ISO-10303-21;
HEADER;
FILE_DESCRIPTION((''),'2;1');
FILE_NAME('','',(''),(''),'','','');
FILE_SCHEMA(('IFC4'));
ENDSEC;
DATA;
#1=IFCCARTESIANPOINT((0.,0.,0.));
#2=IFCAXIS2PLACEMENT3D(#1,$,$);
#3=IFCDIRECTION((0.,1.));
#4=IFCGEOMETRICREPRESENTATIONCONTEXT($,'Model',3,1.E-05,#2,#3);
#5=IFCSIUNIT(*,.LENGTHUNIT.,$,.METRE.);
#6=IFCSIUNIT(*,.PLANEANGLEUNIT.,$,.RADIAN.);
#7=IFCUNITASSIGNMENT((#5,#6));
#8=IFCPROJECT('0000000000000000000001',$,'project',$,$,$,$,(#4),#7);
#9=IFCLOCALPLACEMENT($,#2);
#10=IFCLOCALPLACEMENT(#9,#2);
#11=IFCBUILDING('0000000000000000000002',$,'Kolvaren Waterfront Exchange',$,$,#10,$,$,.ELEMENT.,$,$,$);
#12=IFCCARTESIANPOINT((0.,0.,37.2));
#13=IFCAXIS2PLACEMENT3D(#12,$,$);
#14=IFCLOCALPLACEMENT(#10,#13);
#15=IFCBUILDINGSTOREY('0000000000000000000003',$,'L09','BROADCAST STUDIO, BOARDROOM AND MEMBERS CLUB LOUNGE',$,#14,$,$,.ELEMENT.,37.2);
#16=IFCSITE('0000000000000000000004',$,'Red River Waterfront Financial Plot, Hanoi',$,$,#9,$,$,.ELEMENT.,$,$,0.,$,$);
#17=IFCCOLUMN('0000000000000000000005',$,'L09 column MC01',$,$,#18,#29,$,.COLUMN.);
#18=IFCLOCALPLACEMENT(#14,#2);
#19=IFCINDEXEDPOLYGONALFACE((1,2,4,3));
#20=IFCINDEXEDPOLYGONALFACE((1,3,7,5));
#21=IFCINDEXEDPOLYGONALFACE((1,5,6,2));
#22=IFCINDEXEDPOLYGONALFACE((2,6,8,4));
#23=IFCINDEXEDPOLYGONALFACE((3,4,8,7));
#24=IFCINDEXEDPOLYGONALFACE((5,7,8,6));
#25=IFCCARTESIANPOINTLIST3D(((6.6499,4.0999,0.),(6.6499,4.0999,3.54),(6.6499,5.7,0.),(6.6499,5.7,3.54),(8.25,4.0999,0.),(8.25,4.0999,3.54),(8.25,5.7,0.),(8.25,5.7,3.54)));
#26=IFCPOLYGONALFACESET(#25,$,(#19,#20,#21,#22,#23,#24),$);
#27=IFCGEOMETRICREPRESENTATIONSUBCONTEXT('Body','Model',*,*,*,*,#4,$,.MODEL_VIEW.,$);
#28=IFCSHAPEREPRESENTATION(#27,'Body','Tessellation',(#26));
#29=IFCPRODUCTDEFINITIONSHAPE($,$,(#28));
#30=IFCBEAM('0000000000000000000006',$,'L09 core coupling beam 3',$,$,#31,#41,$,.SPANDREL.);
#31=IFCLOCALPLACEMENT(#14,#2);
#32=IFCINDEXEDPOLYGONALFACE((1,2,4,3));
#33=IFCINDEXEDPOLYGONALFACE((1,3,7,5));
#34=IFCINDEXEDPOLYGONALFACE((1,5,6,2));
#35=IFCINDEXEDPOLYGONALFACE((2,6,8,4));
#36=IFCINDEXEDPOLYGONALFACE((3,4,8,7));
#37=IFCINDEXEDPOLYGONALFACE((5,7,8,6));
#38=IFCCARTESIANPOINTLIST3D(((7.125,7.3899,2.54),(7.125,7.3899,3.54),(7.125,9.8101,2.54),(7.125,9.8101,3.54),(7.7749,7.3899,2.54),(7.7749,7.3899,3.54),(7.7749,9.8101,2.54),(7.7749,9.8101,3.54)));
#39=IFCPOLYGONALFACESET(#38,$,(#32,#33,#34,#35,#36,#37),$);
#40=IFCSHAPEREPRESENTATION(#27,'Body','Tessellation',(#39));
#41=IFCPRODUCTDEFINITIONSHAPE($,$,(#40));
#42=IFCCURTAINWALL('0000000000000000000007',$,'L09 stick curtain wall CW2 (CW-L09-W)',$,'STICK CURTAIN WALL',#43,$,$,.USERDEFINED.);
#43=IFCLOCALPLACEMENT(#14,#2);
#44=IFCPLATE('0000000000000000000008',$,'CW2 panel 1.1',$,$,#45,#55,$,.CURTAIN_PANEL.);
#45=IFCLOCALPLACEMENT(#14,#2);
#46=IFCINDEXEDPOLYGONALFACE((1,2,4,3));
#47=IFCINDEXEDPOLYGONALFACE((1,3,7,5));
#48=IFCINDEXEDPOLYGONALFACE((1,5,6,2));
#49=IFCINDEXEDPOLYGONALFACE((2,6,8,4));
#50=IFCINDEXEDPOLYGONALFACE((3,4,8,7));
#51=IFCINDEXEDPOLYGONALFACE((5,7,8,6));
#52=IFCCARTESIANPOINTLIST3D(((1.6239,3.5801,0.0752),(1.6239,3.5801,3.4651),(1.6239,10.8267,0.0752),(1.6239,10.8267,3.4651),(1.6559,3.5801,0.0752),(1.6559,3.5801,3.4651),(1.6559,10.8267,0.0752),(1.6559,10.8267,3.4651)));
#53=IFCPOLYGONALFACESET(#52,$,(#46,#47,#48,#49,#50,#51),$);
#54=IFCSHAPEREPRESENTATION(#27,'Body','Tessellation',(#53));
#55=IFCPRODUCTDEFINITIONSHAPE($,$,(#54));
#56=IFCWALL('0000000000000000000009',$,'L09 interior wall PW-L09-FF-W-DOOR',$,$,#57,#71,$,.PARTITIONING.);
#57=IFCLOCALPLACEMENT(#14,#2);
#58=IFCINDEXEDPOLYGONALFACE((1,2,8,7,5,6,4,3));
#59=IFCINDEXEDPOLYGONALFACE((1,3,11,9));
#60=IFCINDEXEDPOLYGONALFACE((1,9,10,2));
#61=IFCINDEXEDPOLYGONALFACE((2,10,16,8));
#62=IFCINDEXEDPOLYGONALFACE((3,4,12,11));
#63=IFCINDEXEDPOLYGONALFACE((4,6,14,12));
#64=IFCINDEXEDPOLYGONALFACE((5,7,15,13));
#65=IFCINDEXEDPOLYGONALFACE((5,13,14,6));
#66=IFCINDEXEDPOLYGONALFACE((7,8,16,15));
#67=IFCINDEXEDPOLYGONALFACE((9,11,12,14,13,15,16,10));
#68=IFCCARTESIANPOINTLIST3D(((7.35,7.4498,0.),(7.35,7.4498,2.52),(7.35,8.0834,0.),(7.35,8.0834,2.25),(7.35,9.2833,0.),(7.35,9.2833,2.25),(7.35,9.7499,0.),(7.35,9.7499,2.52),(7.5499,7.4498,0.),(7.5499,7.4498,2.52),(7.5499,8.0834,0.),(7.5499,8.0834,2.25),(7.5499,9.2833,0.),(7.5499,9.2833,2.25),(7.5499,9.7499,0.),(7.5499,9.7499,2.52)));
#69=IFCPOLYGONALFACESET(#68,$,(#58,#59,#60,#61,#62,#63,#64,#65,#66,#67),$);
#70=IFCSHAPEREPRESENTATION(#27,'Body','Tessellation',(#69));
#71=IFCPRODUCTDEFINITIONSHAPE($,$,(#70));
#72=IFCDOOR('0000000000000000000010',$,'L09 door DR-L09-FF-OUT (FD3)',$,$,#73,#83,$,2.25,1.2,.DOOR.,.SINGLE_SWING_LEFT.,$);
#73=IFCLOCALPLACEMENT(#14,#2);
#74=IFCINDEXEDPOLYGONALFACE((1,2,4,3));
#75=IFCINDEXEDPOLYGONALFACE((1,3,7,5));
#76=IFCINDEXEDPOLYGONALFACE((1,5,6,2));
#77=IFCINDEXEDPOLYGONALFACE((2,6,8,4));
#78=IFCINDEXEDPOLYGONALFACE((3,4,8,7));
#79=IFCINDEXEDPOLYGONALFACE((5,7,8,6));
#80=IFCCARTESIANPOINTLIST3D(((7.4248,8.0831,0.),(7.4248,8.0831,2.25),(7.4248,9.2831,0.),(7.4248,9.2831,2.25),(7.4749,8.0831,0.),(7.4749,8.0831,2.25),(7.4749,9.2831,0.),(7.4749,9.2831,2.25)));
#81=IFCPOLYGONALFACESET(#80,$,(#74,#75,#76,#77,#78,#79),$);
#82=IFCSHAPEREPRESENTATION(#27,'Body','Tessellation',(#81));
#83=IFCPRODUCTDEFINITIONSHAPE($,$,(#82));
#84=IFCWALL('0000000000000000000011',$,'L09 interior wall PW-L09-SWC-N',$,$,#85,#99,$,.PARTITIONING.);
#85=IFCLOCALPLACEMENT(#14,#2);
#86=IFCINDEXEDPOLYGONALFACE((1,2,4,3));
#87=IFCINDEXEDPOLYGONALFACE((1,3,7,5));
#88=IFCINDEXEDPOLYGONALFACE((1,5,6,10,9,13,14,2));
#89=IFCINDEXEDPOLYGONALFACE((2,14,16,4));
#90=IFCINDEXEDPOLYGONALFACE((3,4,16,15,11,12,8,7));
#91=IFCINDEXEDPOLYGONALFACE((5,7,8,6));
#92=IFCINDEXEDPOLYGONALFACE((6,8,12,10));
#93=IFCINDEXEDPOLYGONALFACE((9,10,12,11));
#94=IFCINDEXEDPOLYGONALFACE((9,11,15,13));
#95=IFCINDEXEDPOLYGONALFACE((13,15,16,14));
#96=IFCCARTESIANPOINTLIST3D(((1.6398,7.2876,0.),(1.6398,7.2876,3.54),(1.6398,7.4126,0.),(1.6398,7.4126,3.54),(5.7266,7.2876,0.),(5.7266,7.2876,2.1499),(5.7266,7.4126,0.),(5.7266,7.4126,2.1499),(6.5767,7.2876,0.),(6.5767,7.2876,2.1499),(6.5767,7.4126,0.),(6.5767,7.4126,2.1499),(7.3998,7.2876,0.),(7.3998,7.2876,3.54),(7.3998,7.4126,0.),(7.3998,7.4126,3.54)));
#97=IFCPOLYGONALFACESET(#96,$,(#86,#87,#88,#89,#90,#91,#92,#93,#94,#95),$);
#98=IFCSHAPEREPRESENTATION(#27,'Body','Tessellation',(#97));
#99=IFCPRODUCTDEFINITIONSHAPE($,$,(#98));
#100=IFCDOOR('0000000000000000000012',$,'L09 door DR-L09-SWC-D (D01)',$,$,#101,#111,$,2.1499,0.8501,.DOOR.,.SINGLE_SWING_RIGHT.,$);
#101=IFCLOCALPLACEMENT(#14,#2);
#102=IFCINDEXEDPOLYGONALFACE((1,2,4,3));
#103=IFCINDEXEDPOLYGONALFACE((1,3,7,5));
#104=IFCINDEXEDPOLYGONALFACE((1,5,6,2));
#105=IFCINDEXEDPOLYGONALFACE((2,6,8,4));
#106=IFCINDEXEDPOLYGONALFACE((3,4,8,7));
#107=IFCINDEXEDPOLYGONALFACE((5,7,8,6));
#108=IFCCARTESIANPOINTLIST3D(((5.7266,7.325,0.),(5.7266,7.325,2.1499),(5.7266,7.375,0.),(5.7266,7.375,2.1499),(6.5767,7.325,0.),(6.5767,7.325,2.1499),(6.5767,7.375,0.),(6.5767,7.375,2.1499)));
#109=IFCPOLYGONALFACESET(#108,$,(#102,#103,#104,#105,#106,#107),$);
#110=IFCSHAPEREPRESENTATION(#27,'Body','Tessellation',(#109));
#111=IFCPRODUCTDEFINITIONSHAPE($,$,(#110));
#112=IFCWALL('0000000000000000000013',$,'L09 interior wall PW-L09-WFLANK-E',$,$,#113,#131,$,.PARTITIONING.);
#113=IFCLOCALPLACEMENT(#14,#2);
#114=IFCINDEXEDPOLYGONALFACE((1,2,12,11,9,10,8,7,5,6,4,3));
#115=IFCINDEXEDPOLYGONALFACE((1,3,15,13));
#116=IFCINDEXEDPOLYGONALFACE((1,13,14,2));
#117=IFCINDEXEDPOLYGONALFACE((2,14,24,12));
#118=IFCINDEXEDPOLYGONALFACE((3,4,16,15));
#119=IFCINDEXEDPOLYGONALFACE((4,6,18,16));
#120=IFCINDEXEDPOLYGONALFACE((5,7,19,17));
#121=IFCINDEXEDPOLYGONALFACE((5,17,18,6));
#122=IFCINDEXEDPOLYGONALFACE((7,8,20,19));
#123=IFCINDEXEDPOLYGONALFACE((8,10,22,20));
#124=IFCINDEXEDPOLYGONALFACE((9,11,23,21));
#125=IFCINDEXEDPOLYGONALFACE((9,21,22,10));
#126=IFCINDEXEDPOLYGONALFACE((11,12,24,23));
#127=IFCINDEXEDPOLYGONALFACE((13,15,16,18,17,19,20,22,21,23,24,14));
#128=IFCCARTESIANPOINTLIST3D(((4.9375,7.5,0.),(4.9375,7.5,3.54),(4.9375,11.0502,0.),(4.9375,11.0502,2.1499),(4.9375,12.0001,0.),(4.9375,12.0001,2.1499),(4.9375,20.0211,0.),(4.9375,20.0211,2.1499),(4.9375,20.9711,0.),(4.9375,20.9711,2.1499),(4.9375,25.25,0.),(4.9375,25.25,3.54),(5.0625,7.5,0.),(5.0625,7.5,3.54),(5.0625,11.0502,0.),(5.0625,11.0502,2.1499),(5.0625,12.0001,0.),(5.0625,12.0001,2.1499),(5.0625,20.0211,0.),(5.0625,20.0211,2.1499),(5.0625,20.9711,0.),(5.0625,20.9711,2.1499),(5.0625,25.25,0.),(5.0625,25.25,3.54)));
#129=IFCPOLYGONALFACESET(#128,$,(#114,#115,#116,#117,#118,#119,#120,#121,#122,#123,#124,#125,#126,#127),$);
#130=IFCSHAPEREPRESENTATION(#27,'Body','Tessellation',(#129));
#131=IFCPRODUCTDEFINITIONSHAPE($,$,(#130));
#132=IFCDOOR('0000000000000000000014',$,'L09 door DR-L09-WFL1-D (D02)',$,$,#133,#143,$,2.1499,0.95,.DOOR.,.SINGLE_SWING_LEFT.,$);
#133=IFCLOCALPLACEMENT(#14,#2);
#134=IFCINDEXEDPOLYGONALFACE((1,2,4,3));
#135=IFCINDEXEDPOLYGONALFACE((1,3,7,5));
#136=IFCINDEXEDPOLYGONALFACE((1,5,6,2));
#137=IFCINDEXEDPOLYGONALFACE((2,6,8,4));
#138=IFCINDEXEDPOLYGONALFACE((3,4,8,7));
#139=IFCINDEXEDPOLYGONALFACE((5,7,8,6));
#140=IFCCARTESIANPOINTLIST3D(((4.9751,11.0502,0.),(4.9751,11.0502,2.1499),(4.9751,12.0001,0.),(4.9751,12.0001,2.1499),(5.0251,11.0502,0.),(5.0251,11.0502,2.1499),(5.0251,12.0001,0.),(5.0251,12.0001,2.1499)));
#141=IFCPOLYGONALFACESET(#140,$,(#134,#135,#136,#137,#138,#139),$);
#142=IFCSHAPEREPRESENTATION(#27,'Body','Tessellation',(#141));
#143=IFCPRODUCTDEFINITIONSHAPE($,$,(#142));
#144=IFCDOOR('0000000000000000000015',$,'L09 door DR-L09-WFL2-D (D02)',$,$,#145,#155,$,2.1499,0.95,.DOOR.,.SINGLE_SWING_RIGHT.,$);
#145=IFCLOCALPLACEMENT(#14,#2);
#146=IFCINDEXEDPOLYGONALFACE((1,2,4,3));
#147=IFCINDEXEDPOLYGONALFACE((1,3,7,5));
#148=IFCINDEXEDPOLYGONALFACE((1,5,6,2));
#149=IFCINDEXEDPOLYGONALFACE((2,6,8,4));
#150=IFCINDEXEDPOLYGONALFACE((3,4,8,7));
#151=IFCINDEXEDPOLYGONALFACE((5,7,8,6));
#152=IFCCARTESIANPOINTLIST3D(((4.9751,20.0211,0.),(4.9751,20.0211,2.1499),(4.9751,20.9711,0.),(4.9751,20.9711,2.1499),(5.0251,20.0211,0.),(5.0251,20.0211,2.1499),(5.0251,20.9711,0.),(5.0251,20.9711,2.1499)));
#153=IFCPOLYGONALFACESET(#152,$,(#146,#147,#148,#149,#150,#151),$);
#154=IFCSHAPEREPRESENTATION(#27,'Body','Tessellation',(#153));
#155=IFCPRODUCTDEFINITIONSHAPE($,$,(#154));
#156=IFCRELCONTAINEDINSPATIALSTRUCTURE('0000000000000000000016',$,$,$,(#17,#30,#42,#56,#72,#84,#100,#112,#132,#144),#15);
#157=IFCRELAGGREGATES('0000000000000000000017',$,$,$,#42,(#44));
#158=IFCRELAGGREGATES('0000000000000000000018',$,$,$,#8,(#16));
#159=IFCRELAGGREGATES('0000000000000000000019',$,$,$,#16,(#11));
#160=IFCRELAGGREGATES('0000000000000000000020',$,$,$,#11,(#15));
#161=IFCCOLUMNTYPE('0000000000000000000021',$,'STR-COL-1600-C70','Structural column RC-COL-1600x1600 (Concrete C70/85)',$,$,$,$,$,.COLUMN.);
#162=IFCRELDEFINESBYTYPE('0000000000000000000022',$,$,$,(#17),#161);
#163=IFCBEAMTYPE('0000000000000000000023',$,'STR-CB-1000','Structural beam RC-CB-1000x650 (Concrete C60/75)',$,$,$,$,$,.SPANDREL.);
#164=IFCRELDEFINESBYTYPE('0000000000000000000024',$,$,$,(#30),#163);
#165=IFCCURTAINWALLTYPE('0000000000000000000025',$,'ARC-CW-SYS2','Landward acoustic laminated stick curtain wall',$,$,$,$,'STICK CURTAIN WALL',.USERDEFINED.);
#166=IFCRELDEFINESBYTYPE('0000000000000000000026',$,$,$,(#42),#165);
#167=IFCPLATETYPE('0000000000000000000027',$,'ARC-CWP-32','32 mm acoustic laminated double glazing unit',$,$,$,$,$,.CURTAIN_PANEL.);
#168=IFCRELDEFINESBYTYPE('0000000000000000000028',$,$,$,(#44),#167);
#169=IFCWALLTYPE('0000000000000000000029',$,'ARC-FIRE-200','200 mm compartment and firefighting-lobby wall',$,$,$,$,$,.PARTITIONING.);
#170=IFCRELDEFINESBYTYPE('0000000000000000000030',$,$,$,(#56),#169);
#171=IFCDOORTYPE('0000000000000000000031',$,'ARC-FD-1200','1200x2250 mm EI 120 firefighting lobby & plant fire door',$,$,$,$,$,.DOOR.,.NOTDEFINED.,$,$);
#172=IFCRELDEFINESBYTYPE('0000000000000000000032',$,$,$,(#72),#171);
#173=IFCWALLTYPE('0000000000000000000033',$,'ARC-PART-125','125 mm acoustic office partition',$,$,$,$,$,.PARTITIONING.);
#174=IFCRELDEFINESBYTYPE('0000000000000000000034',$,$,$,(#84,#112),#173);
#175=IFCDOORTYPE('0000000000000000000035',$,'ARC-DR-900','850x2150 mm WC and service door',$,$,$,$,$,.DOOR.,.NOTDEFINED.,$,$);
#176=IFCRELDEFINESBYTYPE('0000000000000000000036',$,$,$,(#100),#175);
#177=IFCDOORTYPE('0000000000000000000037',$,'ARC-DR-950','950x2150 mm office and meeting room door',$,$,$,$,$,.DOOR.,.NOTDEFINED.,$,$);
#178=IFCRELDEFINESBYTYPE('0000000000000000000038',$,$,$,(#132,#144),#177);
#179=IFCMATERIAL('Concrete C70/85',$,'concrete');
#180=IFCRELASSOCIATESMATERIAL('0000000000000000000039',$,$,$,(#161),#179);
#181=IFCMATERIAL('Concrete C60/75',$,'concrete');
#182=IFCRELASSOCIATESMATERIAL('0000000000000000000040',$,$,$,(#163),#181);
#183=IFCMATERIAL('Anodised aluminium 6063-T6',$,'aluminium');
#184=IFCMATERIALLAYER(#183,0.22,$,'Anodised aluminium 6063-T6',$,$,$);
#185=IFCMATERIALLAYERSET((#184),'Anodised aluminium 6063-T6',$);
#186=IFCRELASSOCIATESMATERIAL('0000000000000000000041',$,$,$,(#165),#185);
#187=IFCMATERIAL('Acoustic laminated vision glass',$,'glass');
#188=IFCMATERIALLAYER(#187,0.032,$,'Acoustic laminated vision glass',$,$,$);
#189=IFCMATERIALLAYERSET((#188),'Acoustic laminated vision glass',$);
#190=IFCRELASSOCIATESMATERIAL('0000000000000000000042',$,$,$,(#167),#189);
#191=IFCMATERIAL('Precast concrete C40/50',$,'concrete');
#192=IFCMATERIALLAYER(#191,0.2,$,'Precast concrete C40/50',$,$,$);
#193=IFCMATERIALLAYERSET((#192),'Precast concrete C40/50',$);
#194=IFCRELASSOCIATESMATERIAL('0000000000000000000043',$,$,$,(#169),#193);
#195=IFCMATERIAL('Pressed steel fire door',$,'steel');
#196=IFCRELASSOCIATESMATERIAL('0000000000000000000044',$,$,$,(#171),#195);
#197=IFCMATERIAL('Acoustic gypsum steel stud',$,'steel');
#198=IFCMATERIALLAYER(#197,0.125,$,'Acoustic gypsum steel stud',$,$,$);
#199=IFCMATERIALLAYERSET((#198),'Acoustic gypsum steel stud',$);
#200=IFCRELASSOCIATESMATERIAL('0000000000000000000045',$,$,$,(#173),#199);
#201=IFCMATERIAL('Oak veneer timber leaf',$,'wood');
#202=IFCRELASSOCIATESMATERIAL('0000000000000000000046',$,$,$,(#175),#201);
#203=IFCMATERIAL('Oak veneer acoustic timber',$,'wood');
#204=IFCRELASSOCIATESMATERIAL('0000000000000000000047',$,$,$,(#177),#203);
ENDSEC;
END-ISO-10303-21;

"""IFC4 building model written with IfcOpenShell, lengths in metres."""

from ifc_helpers import new_model, si_unit, direction, frame, frame_2d, origin, origin_with_axes, origin_2d, place, context, subcontext, project, spatial, rectangle, extrude, source, transform, mapped, material, layer, layer_set, material_profile, profile_set, type_object, element, fill, aggregate, save


model = new_model("IFC4")

# Units and contexts
model_context = context("Model", 3, precision=1e-05, world=origin(), true_north=direction((0.0, 1.0)))
body_context = subcontext(model_context, "Body", "Model", "MODEL_VIEW")
ifc_project = project(units=[si_unit("LENGTHUNIT", "METRE"), si_unit("PLANEANGLEUNIT", "RADIAN")], contexts=[model_context])

# Site, building, storey
site_placement = place(None, origin())
site = spatial("IfcSite", under=ifc_project, at=site_placement, Name="Red River Waterfront Financial Plot, Hanoi", CompositionType="ELEMENT", RefElevation=0.0)
building_placement = place(site_placement, origin())
building = spatial("IfcBuilding", under=site, at=building_placement, Name="Kolvaren Waterfront Exchange", CompositionType="ELEMENT")
storey_placement = place(building_placement, frame((0.0, 0.0, 37.2)))
storey = spatial("IfcBuildingStorey", under=building, at=storey_placement, Name="L09", Description="BROADCAST STUDIO, BOARDROOM AND MEMBERS CLUB LOUNGE", CompositionType="ELEMENT", Elevation=37.2)

# Column
ifc_material_1 = material(Name="Concrete C70/85", Category="concrete")
ifc_material_profile_1 = material_profile(ifc_material_1, rectangle(XDim=1.6001, YDim=1.6001, at=origin_2d()), Name="RC-COL-1600x1600")
ifc_profile_set_1 = profile_set([ifc_material_profile_1], Name="Concrete C70/85")
column_type = type_object("IfcColumnType", Name="STR-COL-1600-C70", Description="Structural column RC-COL-1600x1600 (Concrete C70/85)", PredefinedType="COLUMN", material=ifc_profile_set_1)
column_placement = place(storey_placement, frame((7.45, 4.8999, 0.0), z_axis=(0.0, 0.0, 1.0), x_axis=(1.0, 0.0, 0.0)))
element("IfcColumn", 1, at=column_placement, inside=storey, type_object=column_type, Name="L09 column MC01", PredefinedType="COLUMN", context=body_context, shape_type="SweptSolid", body=[
    extrude(rectangle(XDim=1.6001, YDim=1.6001, at=origin_2d()), origin(), (0.0, 0.0, 1.0), 3.54),
])

# Beam
ifc_material_2 = material(Name="Concrete C60/75", Category="concrete")
ifc_material_profile_2 = material_profile(ifc_material_2, rectangle(XDim=0.6499, YDim=1.0, at=origin_2d()), Name="RC-CB-1000x650")
ifc_profile_set_2 = profile_set([ifc_material_profile_2], Name="Concrete C60/75")
beam_type = type_object("IfcBeamType", Name="STR-CB-1000", Description="Structural beam RC-CB-1000x650 (Concrete C60/75)", PredefinedType="SPANDREL", material=ifc_profile_set_2)
beam_placement = place(storey_placement, frame((7.45, 7.3899, 3.04), z_axis=(0.0, 1.0, 0.0), x_axis=(-1.0, 0.0, 0.0)))
element("IfcBeam", 2, at=beam_placement, inside=storey, type_object=beam_type, Name="L09 core coupling beam 3", PredefinedType="SPANDREL", context=body_context, shape_type="SweptSolid", body=[
    extrude(rectangle(XDim=0.6499, YDim=1.0, at=origin_2d()), origin(), (0.0, 0.0, 1.0), 2.4202),
])

# Curtain wall, plate
ifc_material_3 = material(Name="Anodised aluminium 6063-T6", Category="aluminium")
ifc_layer_1 = layer(ifc_material_3, 0.22, Name="Anodised aluminium 6063-T6")
ifc_layer_set_1 = layer_set([ifc_layer_1], Name="Anodised aluminium 6063-T6")
curtain_wall_type = type_object("IfcCurtainWallType", Name="ARC-CW-SYS2", Description="Landward acoustic laminated stick curtain wall", ElementType="STICK CURTAIN WALL", PredefinedType="USERDEFINED", material=ifc_layer_set_1)
curtain_wall_placement = place(storey_placement, origin())
curtain_wall = element("IfcCurtainWall", 3, at=curtain_wall_placement, inside=storey, type_object=curtain_wall_type, Name="L09 stick curtain wall CW2 (CW-L09-W)", ObjectType="STICK CURTAIN WALL", PredefinedType="USERDEFINED")
ifc_material_4 = material(Name="Acoustic laminated vision glass", Category="glass")
ifc_layer_2 = layer(ifc_material_4, 0.032, Name="Acoustic laminated vision glass")
ifc_layer_set_2 = layer_set([ifc_layer_2], Name="Acoustic laminated vision glass")
plate_type = type_object("IfcPlateType", Name="ARC-CWP-32", Description="32 mm acoustic laminated double glazing unit", PredefinedType="CURTAIN_PANEL", material=ifc_layer_set_2)
shared_shape = source(origin_with_axes(), body_context, "Body", "SweptSolid", [
    extrude(rectangle(XDim=7.2466, YDim=0.032, at=origin_2d()), origin(), (0.0, 0.0, 1.0), 3.3899),
])
plate_placement = place(storey_placement, frame((1.6399, 7.2034, 0.0752), z_axis=(0.0, 0.0, 1.0), x_axis=(0.0, 1.0, 0.0)))
plate = element("IfcPlate", 4, at=plate_placement, type_object=plate_type, Name="CW2 panel 1.1", PredefinedType="CURTAIN_PANEL", context=body_context, shape_type="MappedRepresentation", body=[
    mapped(shared_shape, transform((0.0, 0.0, 0.0), x_axis=(1.0, 0.0, 0.0), y_axis=(0.0, 1.0, 0.0), z_axis=(0.0, 0.0, 1.0), scale=1.0)),
])
aggregate(curtain_wall, [plate])

# Walls, openings, doors
ifc_material_5 = material(Name="Precast concrete C40/50", Category="concrete")
ifc_layer_3 = layer(ifc_material_5, 0.2, Name="Precast concrete C40/50")
ifc_layer_set_3 = layer_set([ifc_layer_3], Name="Precast concrete C40/50")
wall_type_1 = type_object("IfcWallType", Name="ARC-FIRE-200", Description="200 mm compartment and firefighting-lobby wall", PredefinedType="PARTITIONING", material=ifc_layer_set_3)
wall_1_placement = place(storey_placement, frame((7.45, 7.45, 0.0), z_axis=(0.0, 0.0, 1.0), x_axis=(0.0, 1.0, 0.0)))
wall_1 = element("IfcWall", 5, at=wall_1_placement, inside=storey, type_object=wall_type_1, Name="L09 interior wall PW-L09-FF-W-DOOR", PredefinedType="PARTITIONING", context=body_context, shape_type="SweptSolid", body=[
    extrude(rectangle(XDim=2.3, YDim=0.2, at=frame_2d((1.1499, 0.0))), origin(), (0.0, 0.0, 1.0), 2.52),
])
opening_1_placement = place(wall_1_placement, frame((0.6333, 0.0, 0.0)))
opening_1 = element("IfcOpeningElement", 6, at=opening_1_placement, cuts=wall_1, PredefinedType="OPENING", context=body_context, shape_type="SweptSolid", body=[
    extrude(rectangle(XDim=1.2, YDim=2.25, at=frame_2d((0.6001, 1.125))), frame((0.0, 0.1099, 0.0), z_axis=(0.0, -1.0, 0.0), x_axis=(1.0, 0.0, 0.0)), (0.0, 0.0, 1.0), 0.22),
])
ifc_material_6 = material(Name="Pressed steel fire door", Category="steel")
door_type_1 = type_object("IfcDoorType", Name="ARC-FD-1200", Description="1200x2250 mm EI 120 firefighting lobby & plant fire door", OperationType="NOTDEFINED", PredefinedType="DOOR", material=ifc_material_6)
door_1_placement = place(opening_1_placement, frame((1.2, 0.0, 0.0), z_axis=(0.0, 0.0, 1.0), x_axis=(-1.0, 0.0, 0.0)))
door_1 = element("IfcDoor", 7, at=door_1_placement, inside=storey, type_object=door_type_1, Name="L09 door DR-L09-FF-OUT (FD3)", OperationType="SINGLE_SWING_LEFT", OverallHeight=2.25, OverallWidth=1.2, PredefinedType="DOOR", context=body_context, shape_type="SweptSolid", body=[
    extrude(rectangle(XDim=1.2, YDim=2.25, at=frame_2d((0.6001, 1.125))), frame((0.0, 0.0249, 0.0), z_axis=(0.0, -1.0, 0.0), x_axis=(1.0, 0.0, 0.0)), (0.0, 0.0, 1.0), 0.05),
])
fill(opening_1, door_1)
ifc_material_7 = material(Name="Acoustic gypsum steel stud", Category="steel")
ifc_layer_4 = layer(ifc_material_7, 0.125, Name="Acoustic gypsum steel stud")
ifc_layer_set_4 = layer_set([ifc_layer_4], Name="Acoustic gypsum steel stud")
wall_type_2 = type_object("IfcWallType", Name="ARC-PART-125", Description="125 mm acoustic office partition", PredefinedType="PARTITIONING", material=ifc_layer_set_4)
wall_2_placement = place(storey_placement, frame((1.6399, 7.3501, 0.0), z_axis=(0.0, 0.0, 1.0), x_axis=(1.0, 0.0, 0.0)))
wall_2 = element("IfcWall", 8, at=wall_2_placement, inside=storey, type_object=wall_type_2, Name="L09 interior wall PW-L09-SWC-N", PredefinedType="PARTITIONING", context=body_context, shape_type="SweptSolid", body=[
    extrude(rectangle(XDim=5.76, YDim=0.125, at=frame_2d((2.8799, 0.0))), origin(), (0.0, 0.0, 1.0), 3.54),
])
opening_2_placement = place(wall_2_placement, frame((4.0867, 0.0, 0.0)))
opening_2 = element("IfcOpeningElement", 9, at=opening_2_placement, cuts=wall_2, PredefinedType="OPENING", context=body_context, shape_type="SweptSolid", body=[
    extrude(rectangle(XDim=0.8501, YDim=2.1499, at=frame_2d((0.425, 1.075))), frame((0.0, 0.0725, 0.0), z_axis=(0.0, -1.0, 0.0), x_axis=(1.0, 0.0, 0.0)), (0.0, 0.0, 1.0), 0.145),
])
ifc_material_8 = material(Name="Oak veneer timber leaf", Category="wood")
door_type_2 = type_object("IfcDoorType", Name="ARC-DR-900", Description="850x2150 mm WC and service door", OperationType="NOTDEFINED", PredefinedType="DOOR", material=ifc_material_8)
door_2_placement = place(opening_2_placement, origin())
door_2 = element("IfcDoor", 10, at=door_2_placement, inside=storey, type_object=door_type_2, Name="L09 door DR-L09-SWC-D (D01)", OperationType="SINGLE_SWING_RIGHT", OverallHeight=2.1499, OverallWidth=0.8501, PredefinedType="DOOR", context=body_context, shape_type="SweptSolid", body=[
    extrude(rectangle(XDim=0.8501, YDim=2.1499, at=frame_2d((0.425, 1.075))), frame((0.0, 0.0249, 0.0), z_axis=(0.0, -1.0, 0.0), x_axis=(1.0, 0.0, 0.0)), (0.0, 0.0, 1.0), 0.05),
])
fill(opening_2, door_2)

# Wall, openings, doors
wall_3_placement = place(storey_placement, frame((5.0, 7.5, 0.0), z_axis=(0.0, 0.0, 1.0), x_axis=(0.0, 1.0, 0.0)))
wall_3 = element("IfcWall", 11, at=wall_3_placement, inside=storey, type_object=wall_type_2, Name="L09 interior wall PW-L09-WFLANK-E", PredefinedType="PARTITIONING", context=body_context, shape_type="SweptSolid", body=[
    extrude(rectangle(XDim=17.75, YDim=0.125, at=frame_2d((8.875, 0.0))), origin(), (0.0, 0.0, 1.0), 3.54),
])
opening_3_placement = place(wall_3_placement, frame((3.55, 0.0, 0.0)))
opening_3 = element("IfcOpeningElement", 12, at=opening_3_placement, cuts=wall_3, PredefinedType="OPENING", context=body_context, shape_type="SweptSolid", body=[
    extrude(rectangle(XDim=0.95, YDim=2.1499, at=frame_2d((0.4751, 1.075))), frame((0.0, 0.0725, 0.0), z_axis=(0.0, -1.0, 0.0), x_axis=(1.0, 0.0, 0.0)), (0.0, 0.0, 1.0), 0.145),
])
opening_4_placement = place(wall_3_placement, frame((12.521, 0.0, 0.0)))
opening_4 = element("IfcOpeningElement", 13, at=opening_4_placement, cuts=wall_3, PredefinedType="OPENING", context=body_context, shape_type="SweptSolid", body=[
    extrude(rectangle(XDim=0.95, YDim=2.1499, at=frame_2d((0.4751, 1.075))), frame((0.0, 0.0725, 0.0), z_axis=(0.0, -1.0, 0.0), x_axis=(1.0, 0.0, 0.0)), (0.0, 0.0, 1.0), 0.145),
])
ifc_material_9 = material(Name="Oak veneer acoustic timber", Category="wood")
door_type_3 = type_object("IfcDoorType", Name="ARC-DR-950", Description="950x2150 mm office and meeting room door", OperationType="NOTDEFINED", PredefinedType="DOOR", material=ifc_material_9)
door_3_placement = place(opening_3_placement, origin())
door_3 = element("IfcDoor", 14, at=door_3_placement, inside=storey, type_object=door_type_3, Name="L09 door DR-L09-WFL1-D (D02)", OperationType="SINGLE_SWING_LEFT", OverallHeight=2.1499, OverallWidth=0.95, PredefinedType="DOOR", context=body_context, shape_type="SweptSolid", body=[
    extrude(rectangle(XDim=0.95, YDim=2.1499, at=frame_2d((0.4751, 1.075))), frame((0.0, 0.0249, 0.0), z_axis=(0.0, -1.0, 0.0), x_axis=(1.0, 0.0, 0.0)), (0.0, 0.0, 1.0), 0.05),
])
fill(opening_3, door_3)
door_4_placement = place(opening_4_placement, origin())
door_4 = element("IfcDoor", 15, at=door_4_placement, inside=storey, type_object=door_type_3, Name="L09 door DR-L09-WFL2-D (D02)", OperationType="SINGLE_SWING_RIGHT", OverallHeight=2.1499, OverallWidth=0.95, PredefinedType="DOOR", context=body_context, shape_type="SweptSolid", body=[
    extrude(rectangle(XDim=0.95, YDim=2.1499, at=frame_2d((0.4751, 1.075))), frame((0.0, 0.0249, 0.0), z_axis=(0.0, -1.0, 0.0), x_axis=(1.0, 0.0, 0.0)), (0.0, 0.0, 1.0), 0.05),
])
fill(opening_4, door_4)

save(model, "model.ifc")
